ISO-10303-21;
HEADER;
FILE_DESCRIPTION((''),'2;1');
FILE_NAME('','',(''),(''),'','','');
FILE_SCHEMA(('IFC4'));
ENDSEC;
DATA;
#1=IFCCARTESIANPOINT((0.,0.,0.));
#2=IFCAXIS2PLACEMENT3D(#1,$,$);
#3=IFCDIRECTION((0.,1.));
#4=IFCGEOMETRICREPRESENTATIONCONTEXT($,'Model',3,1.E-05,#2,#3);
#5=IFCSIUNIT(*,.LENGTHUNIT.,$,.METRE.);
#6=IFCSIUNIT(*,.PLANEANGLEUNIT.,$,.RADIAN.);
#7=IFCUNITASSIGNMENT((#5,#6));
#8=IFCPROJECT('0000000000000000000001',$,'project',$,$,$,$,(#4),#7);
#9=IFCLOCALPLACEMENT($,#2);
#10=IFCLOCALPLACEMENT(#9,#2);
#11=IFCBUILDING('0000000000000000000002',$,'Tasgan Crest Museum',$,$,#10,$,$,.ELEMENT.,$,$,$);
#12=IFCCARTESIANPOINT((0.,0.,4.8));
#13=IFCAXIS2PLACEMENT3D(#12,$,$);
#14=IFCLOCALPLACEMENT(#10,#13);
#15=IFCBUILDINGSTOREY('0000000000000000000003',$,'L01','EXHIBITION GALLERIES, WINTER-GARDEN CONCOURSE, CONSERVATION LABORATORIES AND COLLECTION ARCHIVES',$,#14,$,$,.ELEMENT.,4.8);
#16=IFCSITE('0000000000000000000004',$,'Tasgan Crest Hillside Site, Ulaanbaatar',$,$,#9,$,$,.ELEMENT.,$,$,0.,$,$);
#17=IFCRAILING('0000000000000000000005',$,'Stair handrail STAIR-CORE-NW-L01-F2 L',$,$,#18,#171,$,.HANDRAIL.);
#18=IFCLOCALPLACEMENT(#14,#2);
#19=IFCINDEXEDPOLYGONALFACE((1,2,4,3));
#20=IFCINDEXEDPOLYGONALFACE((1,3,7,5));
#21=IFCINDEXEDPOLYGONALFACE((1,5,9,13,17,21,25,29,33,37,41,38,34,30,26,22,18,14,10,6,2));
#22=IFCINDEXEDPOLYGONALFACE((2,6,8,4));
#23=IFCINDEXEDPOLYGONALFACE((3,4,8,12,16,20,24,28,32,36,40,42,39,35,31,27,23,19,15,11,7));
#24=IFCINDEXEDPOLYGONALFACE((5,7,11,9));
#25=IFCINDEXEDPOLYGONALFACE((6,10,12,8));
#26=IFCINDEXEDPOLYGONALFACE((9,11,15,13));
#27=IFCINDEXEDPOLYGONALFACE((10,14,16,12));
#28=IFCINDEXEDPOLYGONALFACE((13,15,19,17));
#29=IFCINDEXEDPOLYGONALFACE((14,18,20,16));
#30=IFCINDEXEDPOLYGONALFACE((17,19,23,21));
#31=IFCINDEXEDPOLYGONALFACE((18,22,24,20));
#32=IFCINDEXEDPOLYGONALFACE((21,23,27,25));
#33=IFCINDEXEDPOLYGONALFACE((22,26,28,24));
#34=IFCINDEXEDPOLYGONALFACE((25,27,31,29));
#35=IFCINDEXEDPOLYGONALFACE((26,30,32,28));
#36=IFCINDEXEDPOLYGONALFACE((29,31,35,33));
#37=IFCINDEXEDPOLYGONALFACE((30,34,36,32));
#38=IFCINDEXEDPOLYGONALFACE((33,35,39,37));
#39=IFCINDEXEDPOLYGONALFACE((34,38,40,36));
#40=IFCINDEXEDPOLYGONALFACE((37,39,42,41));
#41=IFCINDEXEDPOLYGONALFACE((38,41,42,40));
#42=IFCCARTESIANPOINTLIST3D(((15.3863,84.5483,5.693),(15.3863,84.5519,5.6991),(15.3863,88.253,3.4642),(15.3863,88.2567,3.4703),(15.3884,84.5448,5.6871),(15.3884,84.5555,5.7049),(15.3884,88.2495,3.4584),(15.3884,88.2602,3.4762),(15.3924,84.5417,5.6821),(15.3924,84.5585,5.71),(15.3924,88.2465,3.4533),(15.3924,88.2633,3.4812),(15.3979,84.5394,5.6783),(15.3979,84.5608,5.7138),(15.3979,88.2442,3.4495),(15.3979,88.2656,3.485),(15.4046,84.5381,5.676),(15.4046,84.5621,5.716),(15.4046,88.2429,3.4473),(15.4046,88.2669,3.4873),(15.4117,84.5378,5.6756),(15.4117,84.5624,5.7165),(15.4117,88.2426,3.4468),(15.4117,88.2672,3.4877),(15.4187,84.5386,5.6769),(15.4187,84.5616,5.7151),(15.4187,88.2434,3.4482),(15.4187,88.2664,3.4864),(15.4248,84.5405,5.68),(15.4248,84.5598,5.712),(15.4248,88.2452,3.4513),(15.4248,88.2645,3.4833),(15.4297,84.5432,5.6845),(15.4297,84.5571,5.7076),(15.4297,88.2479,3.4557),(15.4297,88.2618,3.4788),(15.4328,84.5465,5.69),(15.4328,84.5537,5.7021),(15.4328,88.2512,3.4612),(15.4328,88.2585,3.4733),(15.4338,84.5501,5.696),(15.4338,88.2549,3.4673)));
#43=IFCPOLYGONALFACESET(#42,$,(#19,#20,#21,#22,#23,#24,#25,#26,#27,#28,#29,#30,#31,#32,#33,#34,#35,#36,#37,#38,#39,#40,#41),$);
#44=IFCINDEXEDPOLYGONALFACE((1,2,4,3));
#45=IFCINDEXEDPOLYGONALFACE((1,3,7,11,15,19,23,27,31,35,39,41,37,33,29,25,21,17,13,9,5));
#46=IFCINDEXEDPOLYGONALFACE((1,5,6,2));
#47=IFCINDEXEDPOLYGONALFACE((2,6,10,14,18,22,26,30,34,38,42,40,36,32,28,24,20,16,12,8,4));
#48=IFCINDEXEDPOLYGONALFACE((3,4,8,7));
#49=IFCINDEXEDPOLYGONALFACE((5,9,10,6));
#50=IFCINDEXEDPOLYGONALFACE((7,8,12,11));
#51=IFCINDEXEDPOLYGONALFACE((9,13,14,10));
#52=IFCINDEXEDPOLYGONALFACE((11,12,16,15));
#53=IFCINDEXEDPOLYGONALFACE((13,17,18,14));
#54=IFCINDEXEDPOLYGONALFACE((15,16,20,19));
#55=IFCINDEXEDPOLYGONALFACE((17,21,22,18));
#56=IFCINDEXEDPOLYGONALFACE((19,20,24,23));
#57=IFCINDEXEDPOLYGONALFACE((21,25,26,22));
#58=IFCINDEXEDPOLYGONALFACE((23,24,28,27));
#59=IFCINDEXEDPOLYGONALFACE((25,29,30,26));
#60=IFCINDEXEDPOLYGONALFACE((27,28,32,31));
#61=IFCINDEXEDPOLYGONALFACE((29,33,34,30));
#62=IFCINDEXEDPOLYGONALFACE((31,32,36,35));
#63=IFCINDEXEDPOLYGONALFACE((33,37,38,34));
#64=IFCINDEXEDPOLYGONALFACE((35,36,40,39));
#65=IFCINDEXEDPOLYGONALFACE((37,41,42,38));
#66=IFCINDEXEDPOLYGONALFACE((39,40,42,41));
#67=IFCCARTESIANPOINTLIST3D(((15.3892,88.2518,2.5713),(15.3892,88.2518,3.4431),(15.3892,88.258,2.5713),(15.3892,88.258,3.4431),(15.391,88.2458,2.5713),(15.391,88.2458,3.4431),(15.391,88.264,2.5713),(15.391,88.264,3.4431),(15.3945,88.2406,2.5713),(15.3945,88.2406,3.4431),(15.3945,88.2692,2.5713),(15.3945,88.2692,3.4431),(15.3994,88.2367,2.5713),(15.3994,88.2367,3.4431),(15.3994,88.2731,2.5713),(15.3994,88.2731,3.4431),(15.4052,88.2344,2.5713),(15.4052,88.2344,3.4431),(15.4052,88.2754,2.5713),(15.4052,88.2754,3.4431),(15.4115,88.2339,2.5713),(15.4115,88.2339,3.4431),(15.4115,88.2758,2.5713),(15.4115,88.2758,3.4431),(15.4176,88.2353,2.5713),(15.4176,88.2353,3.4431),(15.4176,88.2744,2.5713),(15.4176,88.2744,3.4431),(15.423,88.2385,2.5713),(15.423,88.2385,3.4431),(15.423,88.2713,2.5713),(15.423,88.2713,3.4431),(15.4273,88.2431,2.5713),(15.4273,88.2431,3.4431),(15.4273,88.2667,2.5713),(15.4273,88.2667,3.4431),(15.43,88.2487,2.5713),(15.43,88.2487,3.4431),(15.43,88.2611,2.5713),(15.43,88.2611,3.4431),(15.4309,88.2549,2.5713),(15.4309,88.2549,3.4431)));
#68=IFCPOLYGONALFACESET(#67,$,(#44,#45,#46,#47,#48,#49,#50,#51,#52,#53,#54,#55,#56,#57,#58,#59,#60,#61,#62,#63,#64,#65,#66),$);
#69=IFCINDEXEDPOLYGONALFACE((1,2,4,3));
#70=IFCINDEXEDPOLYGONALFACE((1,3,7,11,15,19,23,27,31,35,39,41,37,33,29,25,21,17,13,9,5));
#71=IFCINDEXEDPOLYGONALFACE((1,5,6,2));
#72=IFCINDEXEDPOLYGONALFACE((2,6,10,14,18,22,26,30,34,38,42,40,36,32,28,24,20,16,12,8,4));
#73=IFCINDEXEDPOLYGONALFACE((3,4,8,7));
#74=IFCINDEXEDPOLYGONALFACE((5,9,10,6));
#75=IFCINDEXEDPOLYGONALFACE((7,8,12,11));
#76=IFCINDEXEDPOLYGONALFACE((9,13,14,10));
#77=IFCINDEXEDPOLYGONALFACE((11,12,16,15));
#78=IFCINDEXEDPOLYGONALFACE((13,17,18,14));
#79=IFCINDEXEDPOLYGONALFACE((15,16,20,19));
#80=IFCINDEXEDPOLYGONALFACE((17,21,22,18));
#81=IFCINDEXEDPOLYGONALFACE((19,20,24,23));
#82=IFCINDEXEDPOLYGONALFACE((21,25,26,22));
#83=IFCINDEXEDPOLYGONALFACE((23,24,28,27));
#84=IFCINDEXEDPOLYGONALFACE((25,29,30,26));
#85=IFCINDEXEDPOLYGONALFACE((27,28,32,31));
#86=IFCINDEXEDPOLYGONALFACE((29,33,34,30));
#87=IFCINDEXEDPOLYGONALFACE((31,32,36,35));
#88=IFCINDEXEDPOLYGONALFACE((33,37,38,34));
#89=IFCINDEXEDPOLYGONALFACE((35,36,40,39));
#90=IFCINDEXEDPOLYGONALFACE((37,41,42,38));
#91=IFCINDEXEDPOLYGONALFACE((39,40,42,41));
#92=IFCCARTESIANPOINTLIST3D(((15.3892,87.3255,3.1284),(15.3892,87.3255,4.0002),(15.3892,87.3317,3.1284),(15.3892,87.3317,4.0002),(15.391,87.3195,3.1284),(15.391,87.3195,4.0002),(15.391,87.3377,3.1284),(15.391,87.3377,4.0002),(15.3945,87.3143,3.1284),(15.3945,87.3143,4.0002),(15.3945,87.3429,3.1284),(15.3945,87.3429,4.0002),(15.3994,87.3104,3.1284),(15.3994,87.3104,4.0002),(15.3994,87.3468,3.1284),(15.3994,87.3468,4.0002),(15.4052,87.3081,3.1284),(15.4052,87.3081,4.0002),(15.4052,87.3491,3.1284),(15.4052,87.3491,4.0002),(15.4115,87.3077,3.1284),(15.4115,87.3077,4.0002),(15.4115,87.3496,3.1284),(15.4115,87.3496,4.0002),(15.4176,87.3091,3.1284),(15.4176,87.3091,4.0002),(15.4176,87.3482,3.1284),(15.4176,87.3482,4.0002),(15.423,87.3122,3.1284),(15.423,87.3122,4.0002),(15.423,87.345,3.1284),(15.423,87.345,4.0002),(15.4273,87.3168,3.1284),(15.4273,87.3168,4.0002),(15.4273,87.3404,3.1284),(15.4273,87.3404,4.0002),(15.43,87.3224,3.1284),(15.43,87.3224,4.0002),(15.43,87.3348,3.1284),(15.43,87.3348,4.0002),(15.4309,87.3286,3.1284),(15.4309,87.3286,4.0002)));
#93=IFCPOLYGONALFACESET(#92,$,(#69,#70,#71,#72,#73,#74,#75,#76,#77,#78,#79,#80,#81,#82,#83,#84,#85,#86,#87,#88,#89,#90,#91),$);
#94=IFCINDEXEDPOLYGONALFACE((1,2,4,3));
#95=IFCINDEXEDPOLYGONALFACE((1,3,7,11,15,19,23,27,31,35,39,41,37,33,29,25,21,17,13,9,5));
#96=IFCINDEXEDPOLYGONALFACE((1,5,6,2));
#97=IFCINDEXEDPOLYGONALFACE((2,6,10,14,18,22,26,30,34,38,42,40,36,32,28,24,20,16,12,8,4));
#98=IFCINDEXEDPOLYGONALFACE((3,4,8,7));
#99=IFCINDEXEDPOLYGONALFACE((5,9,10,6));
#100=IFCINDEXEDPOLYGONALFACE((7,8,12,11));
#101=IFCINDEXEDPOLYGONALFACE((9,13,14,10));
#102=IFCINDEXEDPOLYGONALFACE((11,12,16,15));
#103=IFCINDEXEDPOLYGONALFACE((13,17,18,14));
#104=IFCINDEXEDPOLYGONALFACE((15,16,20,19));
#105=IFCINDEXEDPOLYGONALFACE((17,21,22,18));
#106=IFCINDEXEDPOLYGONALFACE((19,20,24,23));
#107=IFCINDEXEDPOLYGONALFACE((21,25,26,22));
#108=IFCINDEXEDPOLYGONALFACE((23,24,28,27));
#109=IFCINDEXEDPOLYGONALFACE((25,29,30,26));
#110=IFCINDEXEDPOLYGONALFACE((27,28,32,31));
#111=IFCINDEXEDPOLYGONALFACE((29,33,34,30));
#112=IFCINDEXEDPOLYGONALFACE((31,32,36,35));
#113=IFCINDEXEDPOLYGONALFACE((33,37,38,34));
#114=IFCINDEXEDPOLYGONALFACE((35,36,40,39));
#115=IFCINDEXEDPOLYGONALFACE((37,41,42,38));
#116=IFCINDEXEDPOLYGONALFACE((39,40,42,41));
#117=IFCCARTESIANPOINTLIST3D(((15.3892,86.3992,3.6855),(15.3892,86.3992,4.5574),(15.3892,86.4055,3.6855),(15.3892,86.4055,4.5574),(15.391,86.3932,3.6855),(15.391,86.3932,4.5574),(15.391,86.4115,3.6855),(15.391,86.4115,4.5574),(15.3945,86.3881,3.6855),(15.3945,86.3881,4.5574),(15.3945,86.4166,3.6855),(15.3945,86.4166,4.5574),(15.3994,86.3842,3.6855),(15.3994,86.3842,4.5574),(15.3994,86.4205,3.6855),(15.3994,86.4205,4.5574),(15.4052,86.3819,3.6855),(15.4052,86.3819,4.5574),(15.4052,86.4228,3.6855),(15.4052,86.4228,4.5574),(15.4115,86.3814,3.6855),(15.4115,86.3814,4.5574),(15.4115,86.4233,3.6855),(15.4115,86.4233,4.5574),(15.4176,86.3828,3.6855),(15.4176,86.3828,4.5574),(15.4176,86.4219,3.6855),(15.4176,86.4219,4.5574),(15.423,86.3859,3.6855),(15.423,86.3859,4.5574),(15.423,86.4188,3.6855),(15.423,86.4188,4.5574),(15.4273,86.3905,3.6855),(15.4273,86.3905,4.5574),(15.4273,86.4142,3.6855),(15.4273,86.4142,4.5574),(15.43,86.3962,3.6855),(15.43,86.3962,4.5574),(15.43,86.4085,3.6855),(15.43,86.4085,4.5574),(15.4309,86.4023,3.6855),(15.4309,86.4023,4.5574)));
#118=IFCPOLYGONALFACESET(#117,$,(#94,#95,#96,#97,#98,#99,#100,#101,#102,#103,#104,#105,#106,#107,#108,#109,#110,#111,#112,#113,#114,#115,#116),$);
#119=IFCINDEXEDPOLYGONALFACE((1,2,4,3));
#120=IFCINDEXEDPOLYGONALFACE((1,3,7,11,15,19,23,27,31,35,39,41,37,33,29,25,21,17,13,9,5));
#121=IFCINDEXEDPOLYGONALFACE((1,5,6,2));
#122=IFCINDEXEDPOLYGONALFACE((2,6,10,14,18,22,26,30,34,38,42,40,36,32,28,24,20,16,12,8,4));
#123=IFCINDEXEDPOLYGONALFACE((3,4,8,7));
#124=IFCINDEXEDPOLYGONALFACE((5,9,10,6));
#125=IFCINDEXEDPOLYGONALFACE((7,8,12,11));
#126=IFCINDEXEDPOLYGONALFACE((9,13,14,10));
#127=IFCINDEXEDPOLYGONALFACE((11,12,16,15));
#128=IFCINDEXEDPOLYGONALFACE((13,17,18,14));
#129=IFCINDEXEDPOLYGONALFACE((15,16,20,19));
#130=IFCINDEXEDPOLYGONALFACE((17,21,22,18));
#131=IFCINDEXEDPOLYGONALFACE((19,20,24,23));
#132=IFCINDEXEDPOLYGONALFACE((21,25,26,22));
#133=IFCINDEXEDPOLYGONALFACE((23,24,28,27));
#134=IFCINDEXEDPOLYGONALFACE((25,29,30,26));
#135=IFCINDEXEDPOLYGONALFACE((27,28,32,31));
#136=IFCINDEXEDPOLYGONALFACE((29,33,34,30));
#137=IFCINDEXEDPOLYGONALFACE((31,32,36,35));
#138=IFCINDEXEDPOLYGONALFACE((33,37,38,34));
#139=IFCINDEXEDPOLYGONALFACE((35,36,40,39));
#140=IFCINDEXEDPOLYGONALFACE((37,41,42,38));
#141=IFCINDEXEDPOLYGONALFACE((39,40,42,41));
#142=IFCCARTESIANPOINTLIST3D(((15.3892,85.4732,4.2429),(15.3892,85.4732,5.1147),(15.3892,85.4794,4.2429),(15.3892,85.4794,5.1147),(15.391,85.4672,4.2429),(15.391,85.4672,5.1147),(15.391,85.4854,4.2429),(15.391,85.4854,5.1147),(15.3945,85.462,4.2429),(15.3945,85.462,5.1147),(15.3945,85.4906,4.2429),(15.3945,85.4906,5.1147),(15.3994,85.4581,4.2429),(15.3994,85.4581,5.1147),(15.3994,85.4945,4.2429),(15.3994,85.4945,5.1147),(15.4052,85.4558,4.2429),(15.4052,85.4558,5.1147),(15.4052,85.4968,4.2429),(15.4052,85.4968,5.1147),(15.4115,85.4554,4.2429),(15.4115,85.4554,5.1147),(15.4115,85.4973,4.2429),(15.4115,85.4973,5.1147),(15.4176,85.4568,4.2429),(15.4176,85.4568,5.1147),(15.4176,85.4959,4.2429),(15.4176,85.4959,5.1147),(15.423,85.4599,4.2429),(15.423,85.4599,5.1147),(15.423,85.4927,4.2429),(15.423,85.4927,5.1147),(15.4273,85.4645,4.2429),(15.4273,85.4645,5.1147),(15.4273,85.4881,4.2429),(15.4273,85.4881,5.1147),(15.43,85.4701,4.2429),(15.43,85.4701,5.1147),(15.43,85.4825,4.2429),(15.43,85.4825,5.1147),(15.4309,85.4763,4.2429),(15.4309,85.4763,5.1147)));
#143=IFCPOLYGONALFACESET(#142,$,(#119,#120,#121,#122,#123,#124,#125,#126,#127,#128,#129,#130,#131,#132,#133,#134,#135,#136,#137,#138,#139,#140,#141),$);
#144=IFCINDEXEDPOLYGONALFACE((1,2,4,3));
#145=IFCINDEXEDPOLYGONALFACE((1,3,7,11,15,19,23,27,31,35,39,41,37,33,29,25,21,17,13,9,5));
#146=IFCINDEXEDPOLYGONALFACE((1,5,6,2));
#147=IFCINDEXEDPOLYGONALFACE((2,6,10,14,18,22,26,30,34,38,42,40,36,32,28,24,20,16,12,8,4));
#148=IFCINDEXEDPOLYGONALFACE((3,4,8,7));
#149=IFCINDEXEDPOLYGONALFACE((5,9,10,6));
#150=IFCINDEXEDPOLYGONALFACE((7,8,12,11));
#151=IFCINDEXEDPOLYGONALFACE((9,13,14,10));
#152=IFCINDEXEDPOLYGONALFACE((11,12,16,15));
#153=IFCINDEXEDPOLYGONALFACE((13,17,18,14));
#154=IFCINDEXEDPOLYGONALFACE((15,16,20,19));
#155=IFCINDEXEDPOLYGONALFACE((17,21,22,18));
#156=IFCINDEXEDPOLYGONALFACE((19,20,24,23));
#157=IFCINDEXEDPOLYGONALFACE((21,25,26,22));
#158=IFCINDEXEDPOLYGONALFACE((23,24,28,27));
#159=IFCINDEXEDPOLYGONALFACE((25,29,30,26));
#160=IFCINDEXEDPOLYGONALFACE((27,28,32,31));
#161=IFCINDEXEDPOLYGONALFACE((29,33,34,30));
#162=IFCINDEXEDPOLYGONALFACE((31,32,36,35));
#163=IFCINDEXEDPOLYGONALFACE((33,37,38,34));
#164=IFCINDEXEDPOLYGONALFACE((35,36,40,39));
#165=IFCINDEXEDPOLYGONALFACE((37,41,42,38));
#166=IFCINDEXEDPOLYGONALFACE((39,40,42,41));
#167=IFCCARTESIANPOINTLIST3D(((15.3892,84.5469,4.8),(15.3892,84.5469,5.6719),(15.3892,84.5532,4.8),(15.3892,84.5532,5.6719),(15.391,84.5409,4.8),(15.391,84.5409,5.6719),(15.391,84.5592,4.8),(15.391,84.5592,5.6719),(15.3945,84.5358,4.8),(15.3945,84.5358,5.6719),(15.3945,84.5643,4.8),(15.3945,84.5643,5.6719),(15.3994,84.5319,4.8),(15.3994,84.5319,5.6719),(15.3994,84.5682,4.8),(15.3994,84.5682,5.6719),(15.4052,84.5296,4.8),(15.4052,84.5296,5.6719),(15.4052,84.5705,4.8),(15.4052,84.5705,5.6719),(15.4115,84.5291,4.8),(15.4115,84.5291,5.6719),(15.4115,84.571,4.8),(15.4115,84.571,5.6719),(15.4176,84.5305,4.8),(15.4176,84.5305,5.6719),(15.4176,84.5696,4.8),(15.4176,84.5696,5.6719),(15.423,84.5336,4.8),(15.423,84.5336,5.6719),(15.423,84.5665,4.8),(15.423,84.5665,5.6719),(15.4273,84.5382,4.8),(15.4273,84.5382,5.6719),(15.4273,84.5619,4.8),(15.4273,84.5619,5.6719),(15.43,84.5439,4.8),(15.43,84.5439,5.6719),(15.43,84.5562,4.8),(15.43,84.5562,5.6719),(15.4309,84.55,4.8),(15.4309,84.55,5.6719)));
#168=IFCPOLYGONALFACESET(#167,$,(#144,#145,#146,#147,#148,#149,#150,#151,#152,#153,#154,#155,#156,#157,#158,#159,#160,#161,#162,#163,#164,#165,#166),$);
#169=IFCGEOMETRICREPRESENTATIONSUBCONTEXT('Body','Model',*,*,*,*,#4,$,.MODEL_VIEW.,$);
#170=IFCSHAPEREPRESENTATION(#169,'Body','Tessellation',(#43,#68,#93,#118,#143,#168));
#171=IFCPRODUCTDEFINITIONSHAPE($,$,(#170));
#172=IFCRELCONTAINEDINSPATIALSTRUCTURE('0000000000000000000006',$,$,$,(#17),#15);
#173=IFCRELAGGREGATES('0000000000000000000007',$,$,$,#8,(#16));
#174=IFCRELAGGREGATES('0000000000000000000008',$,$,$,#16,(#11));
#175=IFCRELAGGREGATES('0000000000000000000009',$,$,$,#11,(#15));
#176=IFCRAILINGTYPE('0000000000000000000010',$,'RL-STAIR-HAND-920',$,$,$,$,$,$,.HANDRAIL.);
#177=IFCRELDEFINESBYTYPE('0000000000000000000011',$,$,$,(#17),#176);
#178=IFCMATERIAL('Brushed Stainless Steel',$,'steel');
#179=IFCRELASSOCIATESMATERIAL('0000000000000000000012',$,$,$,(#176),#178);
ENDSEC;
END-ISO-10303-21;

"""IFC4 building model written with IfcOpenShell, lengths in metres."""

from ifc_helpers import new_model, si_unit, direction, frame, origin, origin_2d, place, context, subcontext, project, spatial, circle, extrude, material, type_object, element, save


model = new_model("IFC4")

# Units and contexts
model_context = context("Model", 3, precision=1e-05, world=origin(), true_north=direction((0.0, 1.0)))
body_context = subcontext(model_context, "Body", "Model", "MODEL_VIEW")
ifc_project = project(units=[si_unit("LENGTHUNIT", "METRE"), si_unit("PLANEANGLEUNIT", "RADIAN")], contexts=[model_context])

# Site, building, storey
site_placement = place(None, origin())
site = spatial("IfcSite", under=ifc_project, at=site_placement, Name="Tasgan Crest Hillside Site, Ulaanbaatar", CompositionType="ELEMENT", RefElevation=0.0)
building_placement = place(site_placement, origin())
building = spatial("IfcBuilding", under=site, at=building_placement, Name="Tasgan Crest Museum", CompositionType="ELEMENT")
storey_placement = place(building_placement, frame((0.0, 0.0, 4.8)))
storey = spatial("IfcBuildingStorey", under=building, at=storey_placement, Name="L01", Description="EXHIBITION GALLERIES, WINTER-GARDEN CONCOURSE, CONSERVATION LABORATORIES AND COLLECTION ARCHIVES", CompositionType="ELEMENT", Elevation=4.8)

# Railing
ifc_material_1 = material(Name="Brushed Stainless Steel", Category="steel")
railing_type_1 = type_object("IfcRailingType", Name="RL-STAIR-HAND-920", PredefinedType="HANDRAIL", material=ifc_material_1)
for number, where, name in (
    (1, (15.4099, 88.2549, 2.5713), "Stair handrail STAIR-CORE-NW-L01-F2 L"),
):
    element("IfcRailing", number, at=place(storey_placement, frame(where)), inside=storey, type_object=railing_type_1, Name=name, PredefinedType="HANDRAIL", context=body_context, shape_type="SweptSolid", body=[
        extrude(circle(Radius=0.0239, at=origin_2d()), frame((0.0, 0.0, 0.896), z_axis=(0.0, -0.856894, 0.515492), x_axis=(1.0, 0.0, 0.0)), (0.0, 0.0, 1.0), 4.3235),
        extrude(circle(Radius=0.021, at=origin_2d()), origin(), (0.0, 0.0, 1.0), 0.8718),
        extrude(circle(Radius=0.021, at=origin_2d()), frame((0.0, -0.9263, 0.5571)), (0.0, 0.0, 1.0), 0.8718),
        extrude(circle(Radius=0.021, at=origin_2d()), frame((0.0, -1.8525, 1.1143)), (0.0, 0.0, 1.0), 0.8718),
        extrude(circle(Radius=0.021, at=origin_2d()), frame((0.0, -2.7786, 1.6716)), (0.0, 0.0, 1.0), 0.8718),
        extrude(circle(Radius=0.021, at=origin_2d()), frame((0.0, -3.7048, 2.2288)), (0.0, 0.0, 1.0), 0.8718),
    ])

save(model, "model.ifc")
